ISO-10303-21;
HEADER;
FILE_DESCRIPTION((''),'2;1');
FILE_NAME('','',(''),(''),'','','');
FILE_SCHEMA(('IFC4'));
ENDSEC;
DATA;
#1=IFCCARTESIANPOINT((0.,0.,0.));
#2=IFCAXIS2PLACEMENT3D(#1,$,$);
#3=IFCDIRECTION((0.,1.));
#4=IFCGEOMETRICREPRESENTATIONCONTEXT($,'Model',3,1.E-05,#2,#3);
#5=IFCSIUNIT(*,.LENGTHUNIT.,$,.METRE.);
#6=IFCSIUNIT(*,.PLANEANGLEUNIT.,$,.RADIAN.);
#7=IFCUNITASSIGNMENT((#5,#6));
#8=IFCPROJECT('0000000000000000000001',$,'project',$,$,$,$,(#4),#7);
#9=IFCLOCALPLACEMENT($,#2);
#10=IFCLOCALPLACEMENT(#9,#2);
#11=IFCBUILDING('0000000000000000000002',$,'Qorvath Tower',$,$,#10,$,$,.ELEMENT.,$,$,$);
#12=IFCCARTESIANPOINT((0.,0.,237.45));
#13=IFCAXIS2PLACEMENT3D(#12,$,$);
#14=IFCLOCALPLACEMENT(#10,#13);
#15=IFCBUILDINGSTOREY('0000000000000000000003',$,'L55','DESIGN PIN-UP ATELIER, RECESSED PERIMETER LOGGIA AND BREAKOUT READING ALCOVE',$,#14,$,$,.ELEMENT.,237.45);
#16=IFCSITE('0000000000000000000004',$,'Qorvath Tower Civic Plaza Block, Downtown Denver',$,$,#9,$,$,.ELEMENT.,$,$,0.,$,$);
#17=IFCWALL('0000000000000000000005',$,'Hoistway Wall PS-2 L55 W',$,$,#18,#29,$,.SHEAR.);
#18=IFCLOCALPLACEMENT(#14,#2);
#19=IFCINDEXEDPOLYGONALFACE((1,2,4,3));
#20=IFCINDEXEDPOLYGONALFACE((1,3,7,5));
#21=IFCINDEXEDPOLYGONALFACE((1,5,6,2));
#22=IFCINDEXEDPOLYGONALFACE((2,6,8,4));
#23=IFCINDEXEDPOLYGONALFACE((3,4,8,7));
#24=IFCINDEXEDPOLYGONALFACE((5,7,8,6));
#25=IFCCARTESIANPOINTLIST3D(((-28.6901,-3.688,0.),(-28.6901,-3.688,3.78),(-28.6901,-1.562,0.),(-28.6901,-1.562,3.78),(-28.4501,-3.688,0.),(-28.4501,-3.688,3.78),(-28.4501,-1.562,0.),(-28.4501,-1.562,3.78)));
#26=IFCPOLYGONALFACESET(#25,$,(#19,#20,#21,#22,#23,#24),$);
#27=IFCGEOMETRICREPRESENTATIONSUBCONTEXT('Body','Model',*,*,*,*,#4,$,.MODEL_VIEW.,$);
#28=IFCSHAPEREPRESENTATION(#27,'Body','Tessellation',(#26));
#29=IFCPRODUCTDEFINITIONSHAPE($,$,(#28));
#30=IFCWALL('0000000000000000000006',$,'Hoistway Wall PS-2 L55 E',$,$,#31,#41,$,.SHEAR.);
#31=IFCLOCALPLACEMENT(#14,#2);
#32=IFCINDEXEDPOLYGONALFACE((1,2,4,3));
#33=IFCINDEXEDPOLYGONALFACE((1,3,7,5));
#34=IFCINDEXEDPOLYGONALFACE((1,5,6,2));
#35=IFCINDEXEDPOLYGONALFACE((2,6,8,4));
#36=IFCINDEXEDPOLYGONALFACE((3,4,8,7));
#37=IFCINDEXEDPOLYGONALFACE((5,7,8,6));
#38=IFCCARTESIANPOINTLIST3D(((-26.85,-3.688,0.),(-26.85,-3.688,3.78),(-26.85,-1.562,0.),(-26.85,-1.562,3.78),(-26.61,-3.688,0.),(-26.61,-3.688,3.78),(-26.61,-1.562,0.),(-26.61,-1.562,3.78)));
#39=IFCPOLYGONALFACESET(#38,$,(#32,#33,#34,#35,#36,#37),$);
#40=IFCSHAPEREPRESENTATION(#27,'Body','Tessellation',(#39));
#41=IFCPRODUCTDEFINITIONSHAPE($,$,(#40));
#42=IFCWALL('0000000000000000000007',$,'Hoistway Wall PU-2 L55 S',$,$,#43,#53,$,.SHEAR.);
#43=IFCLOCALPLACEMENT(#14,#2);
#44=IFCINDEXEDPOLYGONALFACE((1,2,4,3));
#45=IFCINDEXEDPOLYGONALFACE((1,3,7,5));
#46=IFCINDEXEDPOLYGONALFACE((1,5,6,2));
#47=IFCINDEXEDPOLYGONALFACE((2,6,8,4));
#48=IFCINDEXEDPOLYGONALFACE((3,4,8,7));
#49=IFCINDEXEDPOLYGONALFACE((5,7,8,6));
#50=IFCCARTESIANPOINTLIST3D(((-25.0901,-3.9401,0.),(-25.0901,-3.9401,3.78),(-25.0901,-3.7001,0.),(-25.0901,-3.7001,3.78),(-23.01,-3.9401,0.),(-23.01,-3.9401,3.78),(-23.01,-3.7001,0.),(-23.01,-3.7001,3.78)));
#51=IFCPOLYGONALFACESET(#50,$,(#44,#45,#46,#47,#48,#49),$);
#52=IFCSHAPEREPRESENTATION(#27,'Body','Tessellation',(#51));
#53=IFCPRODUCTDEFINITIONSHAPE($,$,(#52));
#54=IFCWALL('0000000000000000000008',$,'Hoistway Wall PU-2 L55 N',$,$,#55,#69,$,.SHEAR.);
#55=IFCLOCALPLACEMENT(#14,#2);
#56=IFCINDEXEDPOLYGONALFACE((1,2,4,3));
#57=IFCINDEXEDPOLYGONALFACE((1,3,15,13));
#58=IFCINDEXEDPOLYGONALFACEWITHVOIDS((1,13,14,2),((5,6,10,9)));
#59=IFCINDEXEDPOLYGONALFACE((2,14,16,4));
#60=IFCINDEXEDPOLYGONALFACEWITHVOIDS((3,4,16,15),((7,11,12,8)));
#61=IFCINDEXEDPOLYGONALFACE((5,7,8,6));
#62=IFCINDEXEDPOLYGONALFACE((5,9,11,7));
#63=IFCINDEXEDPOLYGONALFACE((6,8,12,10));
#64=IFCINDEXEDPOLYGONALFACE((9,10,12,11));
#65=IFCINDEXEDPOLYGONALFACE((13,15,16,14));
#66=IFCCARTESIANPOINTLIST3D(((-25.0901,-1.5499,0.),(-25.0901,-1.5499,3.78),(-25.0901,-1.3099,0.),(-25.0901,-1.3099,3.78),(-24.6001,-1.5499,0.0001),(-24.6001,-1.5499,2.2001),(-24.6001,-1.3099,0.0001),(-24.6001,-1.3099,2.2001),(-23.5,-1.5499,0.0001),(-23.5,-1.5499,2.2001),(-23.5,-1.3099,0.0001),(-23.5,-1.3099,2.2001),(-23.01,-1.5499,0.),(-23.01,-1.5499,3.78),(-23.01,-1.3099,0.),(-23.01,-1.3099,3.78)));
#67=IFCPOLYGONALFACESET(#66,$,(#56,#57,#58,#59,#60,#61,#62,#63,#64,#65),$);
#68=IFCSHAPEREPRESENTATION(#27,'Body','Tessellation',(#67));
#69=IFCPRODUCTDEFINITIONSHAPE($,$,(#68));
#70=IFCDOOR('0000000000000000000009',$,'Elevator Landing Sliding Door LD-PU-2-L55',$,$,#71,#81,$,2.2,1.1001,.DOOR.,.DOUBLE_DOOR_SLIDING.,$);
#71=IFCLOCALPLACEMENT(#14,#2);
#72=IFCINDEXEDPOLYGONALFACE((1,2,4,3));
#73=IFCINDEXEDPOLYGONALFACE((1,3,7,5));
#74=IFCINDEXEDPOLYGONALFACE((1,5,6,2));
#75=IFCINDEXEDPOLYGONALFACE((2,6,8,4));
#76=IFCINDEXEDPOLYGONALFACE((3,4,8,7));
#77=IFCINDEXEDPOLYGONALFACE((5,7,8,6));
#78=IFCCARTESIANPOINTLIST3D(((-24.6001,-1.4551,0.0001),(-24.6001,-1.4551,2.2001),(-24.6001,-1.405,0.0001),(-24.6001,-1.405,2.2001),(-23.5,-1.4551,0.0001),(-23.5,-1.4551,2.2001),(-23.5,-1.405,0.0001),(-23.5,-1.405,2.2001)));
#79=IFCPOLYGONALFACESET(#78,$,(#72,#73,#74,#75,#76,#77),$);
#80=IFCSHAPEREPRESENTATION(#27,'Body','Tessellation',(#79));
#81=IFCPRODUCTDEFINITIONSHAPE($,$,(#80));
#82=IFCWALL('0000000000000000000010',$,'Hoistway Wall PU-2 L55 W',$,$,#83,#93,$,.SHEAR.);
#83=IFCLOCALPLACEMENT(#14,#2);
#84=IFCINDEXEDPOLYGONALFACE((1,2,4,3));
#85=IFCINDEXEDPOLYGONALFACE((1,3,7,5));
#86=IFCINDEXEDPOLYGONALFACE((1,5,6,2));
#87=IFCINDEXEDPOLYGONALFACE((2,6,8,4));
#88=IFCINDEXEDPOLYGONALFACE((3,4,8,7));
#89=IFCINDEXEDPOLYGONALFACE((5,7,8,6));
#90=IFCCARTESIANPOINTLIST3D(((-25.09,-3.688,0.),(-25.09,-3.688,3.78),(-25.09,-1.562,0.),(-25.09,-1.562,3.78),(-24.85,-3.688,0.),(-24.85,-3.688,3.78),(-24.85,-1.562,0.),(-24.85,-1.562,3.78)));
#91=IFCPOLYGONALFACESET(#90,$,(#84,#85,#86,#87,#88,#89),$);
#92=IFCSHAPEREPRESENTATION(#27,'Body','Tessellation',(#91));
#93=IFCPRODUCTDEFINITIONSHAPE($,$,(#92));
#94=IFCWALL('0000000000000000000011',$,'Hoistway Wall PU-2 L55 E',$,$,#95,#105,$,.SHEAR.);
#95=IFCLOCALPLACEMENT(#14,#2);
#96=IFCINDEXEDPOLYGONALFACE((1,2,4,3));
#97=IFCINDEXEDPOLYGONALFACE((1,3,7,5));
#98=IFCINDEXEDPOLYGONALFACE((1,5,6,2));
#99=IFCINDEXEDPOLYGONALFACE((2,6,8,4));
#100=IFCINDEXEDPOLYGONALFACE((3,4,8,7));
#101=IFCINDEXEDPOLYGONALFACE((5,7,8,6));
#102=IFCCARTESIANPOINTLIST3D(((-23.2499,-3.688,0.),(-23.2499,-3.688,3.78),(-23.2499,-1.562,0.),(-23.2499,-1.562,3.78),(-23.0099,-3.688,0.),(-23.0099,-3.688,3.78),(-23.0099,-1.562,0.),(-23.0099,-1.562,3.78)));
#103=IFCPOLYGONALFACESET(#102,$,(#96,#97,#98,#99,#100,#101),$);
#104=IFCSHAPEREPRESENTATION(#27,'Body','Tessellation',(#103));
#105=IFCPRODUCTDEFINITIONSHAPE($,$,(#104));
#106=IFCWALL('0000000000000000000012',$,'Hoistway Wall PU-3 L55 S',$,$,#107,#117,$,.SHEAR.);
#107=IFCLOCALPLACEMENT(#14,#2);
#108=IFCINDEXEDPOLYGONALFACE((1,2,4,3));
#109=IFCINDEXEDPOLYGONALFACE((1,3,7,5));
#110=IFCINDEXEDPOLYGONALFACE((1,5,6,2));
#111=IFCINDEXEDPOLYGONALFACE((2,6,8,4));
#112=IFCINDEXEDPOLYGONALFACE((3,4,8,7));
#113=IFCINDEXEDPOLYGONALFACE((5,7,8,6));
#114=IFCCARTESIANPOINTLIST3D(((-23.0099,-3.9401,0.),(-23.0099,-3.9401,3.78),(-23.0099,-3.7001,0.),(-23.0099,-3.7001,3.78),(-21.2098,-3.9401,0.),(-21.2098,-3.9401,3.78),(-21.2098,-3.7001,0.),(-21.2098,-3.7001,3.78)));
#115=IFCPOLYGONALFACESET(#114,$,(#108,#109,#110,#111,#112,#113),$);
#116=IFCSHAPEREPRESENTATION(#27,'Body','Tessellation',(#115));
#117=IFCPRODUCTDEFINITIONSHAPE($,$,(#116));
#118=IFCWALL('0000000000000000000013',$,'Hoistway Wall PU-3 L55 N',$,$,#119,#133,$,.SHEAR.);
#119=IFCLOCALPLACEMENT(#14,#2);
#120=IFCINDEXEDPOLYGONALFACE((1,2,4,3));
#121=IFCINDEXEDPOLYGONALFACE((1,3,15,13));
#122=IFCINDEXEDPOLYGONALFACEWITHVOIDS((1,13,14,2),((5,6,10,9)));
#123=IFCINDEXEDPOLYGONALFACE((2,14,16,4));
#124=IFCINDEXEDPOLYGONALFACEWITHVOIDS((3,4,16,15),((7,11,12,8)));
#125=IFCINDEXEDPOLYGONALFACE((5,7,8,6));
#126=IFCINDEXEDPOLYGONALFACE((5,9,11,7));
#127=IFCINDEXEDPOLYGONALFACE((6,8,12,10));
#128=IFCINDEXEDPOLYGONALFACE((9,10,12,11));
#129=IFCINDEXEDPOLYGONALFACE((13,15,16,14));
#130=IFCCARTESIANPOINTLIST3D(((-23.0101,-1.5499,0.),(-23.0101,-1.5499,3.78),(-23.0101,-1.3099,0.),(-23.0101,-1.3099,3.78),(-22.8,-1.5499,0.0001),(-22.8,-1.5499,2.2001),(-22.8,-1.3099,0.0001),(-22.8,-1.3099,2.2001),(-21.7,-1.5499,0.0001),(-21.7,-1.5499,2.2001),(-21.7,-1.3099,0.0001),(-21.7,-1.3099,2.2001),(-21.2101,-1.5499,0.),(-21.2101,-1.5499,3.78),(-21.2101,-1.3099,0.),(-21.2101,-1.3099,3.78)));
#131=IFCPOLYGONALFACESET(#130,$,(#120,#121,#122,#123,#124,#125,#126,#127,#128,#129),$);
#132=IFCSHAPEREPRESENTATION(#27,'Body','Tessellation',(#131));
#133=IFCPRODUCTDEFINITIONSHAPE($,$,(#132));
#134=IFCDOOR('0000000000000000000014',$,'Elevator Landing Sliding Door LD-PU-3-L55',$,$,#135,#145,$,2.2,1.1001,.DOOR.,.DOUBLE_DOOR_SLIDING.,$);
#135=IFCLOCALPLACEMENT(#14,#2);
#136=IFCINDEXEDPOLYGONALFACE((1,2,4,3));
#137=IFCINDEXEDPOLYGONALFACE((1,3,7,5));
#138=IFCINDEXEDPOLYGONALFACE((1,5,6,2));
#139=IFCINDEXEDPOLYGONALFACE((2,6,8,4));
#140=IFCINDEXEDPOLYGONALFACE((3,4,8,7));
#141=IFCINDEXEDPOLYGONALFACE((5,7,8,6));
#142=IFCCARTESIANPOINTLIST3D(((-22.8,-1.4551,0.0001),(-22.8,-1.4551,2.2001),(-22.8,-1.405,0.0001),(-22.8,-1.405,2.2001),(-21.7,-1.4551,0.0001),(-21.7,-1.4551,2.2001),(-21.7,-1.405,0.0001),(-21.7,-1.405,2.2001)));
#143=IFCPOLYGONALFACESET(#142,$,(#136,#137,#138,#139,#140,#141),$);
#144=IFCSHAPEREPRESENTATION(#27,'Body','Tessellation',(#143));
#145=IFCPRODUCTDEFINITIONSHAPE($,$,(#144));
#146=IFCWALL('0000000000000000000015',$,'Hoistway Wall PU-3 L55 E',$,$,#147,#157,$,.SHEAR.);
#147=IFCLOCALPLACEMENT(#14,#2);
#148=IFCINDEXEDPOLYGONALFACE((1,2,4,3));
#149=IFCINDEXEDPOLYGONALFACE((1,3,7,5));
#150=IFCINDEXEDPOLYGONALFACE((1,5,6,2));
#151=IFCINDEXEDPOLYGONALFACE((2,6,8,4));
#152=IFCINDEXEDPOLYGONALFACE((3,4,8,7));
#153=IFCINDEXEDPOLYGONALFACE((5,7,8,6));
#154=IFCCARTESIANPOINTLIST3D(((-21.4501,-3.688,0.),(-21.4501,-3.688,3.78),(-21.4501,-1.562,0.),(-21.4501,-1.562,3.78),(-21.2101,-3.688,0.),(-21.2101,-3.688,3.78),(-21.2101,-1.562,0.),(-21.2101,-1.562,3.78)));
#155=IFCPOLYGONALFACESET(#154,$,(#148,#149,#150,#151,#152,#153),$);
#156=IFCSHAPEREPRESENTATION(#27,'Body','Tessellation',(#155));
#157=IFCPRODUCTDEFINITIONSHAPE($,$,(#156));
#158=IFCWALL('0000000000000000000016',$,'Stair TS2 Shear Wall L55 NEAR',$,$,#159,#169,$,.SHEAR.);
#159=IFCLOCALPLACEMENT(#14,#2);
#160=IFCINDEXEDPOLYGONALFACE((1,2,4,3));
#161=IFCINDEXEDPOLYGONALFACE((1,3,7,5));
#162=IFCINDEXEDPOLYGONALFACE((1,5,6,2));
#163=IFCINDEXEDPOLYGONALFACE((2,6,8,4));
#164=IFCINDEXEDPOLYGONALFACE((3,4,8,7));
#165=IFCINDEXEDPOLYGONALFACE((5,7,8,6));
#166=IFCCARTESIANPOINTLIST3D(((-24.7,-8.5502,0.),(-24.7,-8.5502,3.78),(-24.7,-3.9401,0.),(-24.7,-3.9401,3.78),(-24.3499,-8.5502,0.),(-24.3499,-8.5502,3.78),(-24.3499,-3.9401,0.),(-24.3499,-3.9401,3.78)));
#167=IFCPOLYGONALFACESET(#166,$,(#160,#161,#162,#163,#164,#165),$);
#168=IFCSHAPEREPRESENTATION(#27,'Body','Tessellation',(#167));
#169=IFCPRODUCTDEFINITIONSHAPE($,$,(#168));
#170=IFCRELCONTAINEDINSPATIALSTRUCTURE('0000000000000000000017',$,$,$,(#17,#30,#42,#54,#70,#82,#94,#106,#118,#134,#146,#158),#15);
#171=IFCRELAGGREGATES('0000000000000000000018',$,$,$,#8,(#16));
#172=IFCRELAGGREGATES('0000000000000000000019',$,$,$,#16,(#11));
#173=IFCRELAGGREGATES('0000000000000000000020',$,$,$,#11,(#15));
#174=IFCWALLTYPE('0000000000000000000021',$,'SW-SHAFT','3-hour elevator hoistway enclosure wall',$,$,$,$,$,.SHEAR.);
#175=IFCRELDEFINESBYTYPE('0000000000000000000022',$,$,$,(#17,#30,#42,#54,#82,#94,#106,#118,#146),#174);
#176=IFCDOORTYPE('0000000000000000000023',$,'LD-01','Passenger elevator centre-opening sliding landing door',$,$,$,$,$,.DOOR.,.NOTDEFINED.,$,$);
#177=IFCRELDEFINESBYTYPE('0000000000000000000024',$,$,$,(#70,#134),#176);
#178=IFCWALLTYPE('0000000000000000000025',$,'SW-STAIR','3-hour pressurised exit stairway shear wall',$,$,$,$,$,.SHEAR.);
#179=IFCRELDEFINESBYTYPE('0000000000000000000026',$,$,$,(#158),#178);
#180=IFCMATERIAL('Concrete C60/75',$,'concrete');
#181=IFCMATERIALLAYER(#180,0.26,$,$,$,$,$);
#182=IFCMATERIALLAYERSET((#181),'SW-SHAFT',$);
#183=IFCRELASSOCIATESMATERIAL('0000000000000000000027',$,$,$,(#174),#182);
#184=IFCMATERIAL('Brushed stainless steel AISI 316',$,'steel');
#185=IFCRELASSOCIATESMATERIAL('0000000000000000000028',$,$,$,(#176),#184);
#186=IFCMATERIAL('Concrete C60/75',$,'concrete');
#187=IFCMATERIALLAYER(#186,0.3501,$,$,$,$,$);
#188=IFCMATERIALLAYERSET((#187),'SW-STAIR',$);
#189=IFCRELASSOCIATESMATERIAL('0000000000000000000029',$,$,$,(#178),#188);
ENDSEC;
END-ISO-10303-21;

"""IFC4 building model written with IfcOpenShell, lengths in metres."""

from ifc_helpers import new_model, si_unit, direction, frame, frame_2d, origin, place, context, subcontext, project, spatial, rectangle, extrude, material, layer, layer_set, type_object, element, fill, save


model = new_model("IFC4")

# Units and contexts
model_context = context("Model", 3, precision=1e-05, world=origin(), true_north=direction((0.0, 1.0)))
body_context = subcontext(model_context, "Body", "Model", "MODEL_VIEW")
ifc_project = project(units=[si_unit("LENGTHUNIT", "METRE"), si_unit("PLANEANGLEUNIT", "RADIAN")], contexts=[model_context])

# Site, building, storey
site_placement = place(None, origin())
site = spatial("IfcSite", under=ifc_project, at=site_placement, Name="Qorvath Tower Civic Plaza Block, Downtown Denver", CompositionType="ELEMENT", RefElevation=0.0)
building_placement = place(site_placement, origin())
building = spatial("IfcBuilding", under=site, at=building_placement, Name="Qorvath Tower", CompositionType="ELEMENT")
storey_placement = place(building_placement, frame((0.0, 0.0, 237.45)))
storey = spatial("IfcBuildingStorey", under=building, at=storey_placement, Name="L55", Description="DESIGN PIN-UP ATELIER, RECESSED PERIMETER LOGGIA AND BREAKOUT READING ALCOVE", CompositionType="ELEMENT", Elevation=237.45)

# Shared definitions
ifc_material_1 = material(Name="Concrete C60/75", Category="concrete")
ifc_layer_1 = layer(ifc_material_1, 0.26)
ifc_layer_set_1 = layer_set([ifc_layer_1], Name="SW-SHAFT")
wall_type_1 = type_object("IfcWallType", Name="SW-SHAFT", Description="3-hour elevator hoistway enclosure wall", PredefinedType="SHEAR", material=ifc_layer_set_1)

# Walls
for number, where, z_axis, x_axis, name in (
    (1, (-28.5701, -3.688, 0.0), (0.0, 0.0, 1.0), (0.0, 1.0, 0.0), "Hoistway Wall PS-2 L55 W"),
    (2, (-26.73, -1.562, 0.0), (0.0, 0.0, 1.0), (0.0, -1.0, 0.0), "Hoistway Wall PS-2 L55 E"),
):
    element("IfcWall", number, at=place(storey_placement, frame(where, z_axis=z_axis, x_axis=x_axis)), inside=storey, type_object=wall_type_1, Name=name, PredefinedType="SHEAR", context=body_context, shape_type="SweptSolid", body=[
        extrude(rectangle(XDim=2.126, YDim=0.24, at=frame_2d((1.063, 0.0))), origin(), (0.0, 0.0, 1.0), 3.78),
    ])
wall_1_placement = place(storey_placement, frame((-23.01, -3.8201, 0.0), z_axis=(0.0, 0.0, 1.0), x_axis=(-1.0, 0.0, 0.0)))
element("IfcWall", 3, at=wall_1_placement, inside=storey, type_object=wall_type_1, Name="Hoistway Wall PU-2 L55 S", PredefinedType="SHEAR", context=body_context, shape_type="SweptSolid", body=[
    extrude(rectangle(XDim=2.0801, YDim=0.24, at=frame_2d((1.04, 0.0))), origin(), (0.0, 0.0, 1.0), 3.78),
])

# Wall, opening, door
wall_2_placement = place(storey_placement, frame((-25.0901, -1.4299, 0.0), z_axis=(0.0, 0.0, 1.0), x_axis=(1.0, 0.0, 0.0)))
wall_2 = element("IfcWall", 4, at=wall_2_placement, inside=storey, type_object=wall_type_1, Name="Hoistway Wall PU-2 L55 N", PredefinedType="SHEAR", context=body_context, shape_type="SweptSolid", body=[
    extrude(rectangle(XDim=2.0801, YDim=0.24, at=frame_2d((1.04, 0.0))), origin(), (0.0, 0.0, 1.0), 3.78),
])
opening_1_placement = place(wall_2_placement, frame((0.49, 0.0, 0.0)))
opening_1 = element("IfcOpeningElement", 5, at=opening_1_placement, cuts=wall_2, PredefinedType="OPENING", context=body_context, shape_type="SweptSolid", body=[
    extrude(rectangle(XDim=1.1001, YDim=2.2, at=frame_2d((0.55, 1.1001))), frame((0.0, 0.1299, 0.0), z_axis=(0.0, -1.0, 0.0), x_axis=(1.0, 0.0, 0.0)), (0.0, 0.0, 1.0), 0.26),
])
ifc_material_2 = material(Name="Brushed stainless steel AISI 316", Category="steel")
door_type_1 = type_object("IfcDoorType", Name="LD-01", Description="Passenger elevator centre-opening sliding landing door", OperationType="NOTDEFINED", PredefinedType="DOOR", material=ifc_material_2)
door_1_placement = place(opening_1_placement, origin())
door_1 = element("IfcDoor", 6, at=door_1_placement, inside=storey, type_object=door_type_1, Name="Elevator Landing Sliding Door LD-PU-2-L55", OperationType="DOUBLE_DOOR_SLIDING", OverallHeight=2.2, OverallWidth=1.1001, PredefinedType="DOOR", context=body_context, shape_type="SweptSolid", body=[
    extrude(rectangle(XDim=1.1001, YDim=2.2, at=frame_2d((0.55, 1.1001))), frame((0.0, 0.0249, 0.0), z_axis=(0.0, -1.0, 0.0), x_axis=(1.0, 0.0, 0.0)), (0.0, 0.0, 1.0), 0.05),
])
fill(opening_1, door_1)

# Walls
for number, where, z_axis, x_axis, name in (
    (7, (-24.97, -3.688, 0.0), (0.0, 0.0, 1.0), (0.0, 1.0, 0.0), "Hoistway Wall PU-2 L55 W"),
    (8, (-23.1299, -1.562, 0.0), (0.0, 0.0, 1.0), (0.0, -1.0, 0.0), "Hoistway Wall PU-2 L55 E"),
):
    element("IfcWall", number, at=place(storey_placement, frame(where, z_axis=z_axis, x_axis=x_axis)), inside=storey, type_object=wall_type_1, Name=name, PredefinedType="SHEAR", context=body_context, shape_type="SweptSolid", body=[
        extrude(rectangle(XDim=2.126, YDim=0.24, at=frame_2d((1.063, 0.0))), origin(), (0.0, 0.0, 1.0), 3.78),
    ])
wall_3_placement = place(storey_placement, frame((-21.21, -3.8201, 0.0), z_axis=(0.0, 0.0, 1.0), x_axis=(-1.0, 0.0, 0.0)))
element("IfcWall", 9, at=wall_3_placement, inside=storey, type_object=wall_type_1, Name="Hoistway Wall PU-3 L55 S", PredefinedType="SHEAR", context=body_context, shape_type="SweptSolid", body=[
    extrude(rectangle(XDim=1.8, YDim=0.24, at=frame_2d((0.8999, 0.0))), origin(), (0.0, 0.0, 1.0), 3.78),
])

# Wall, opening, door
wall_4_placement = place(storey_placement, frame((-23.01, -1.4299, 0.0), z_axis=(0.0, 0.0, 1.0), x_axis=(1.0, 0.0, 0.0)))
wall_4 = element("IfcWall", 10, at=wall_4_placement, inside=storey, type_object=wall_type_1, Name="Hoistway Wall PU-3 L55 N", PredefinedType="SHEAR", context=body_context, shape_type="SweptSolid", body=[
    extrude(rectangle(XDim=1.8, YDim=0.24, at=frame_2d((0.8999, 0.0))), origin(), (0.0, 0.0, 1.0), 3.78),
])
opening_2_placement = place(wall_4_placement, frame((0.21, 0.0, 0.0)))
opening_2 = element("IfcOpeningElement", 11, at=opening_2_placement, cuts=wall_4, PredefinedType="OPENING", context=body_context, shape_type="SweptSolid", body=[
    extrude(rectangle(XDim=1.1001, YDim=2.2, at=frame_2d((0.55, 1.1001))), frame((0.0, 0.1299, 0.0), z_axis=(0.0, -1.0, 0.0), x_axis=(1.0, 0.0, 0.0)), (0.0, 0.0, 1.0), 0.26),
])
door_2_placement = place(opening_2_placement, origin())
door_2 = element("IfcDoor", 12, at=door_2_placement, inside=storey, type_object=door_type_1, Name="Elevator Landing Sliding Door LD-PU-3-L55", OperationType="DOUBLE_DOOR_SLIDING", OverallHeight=2.2, OverallWidth=1.1001, PredefinedType="DOOR", context=body_context, shape_type="SweptSolid", body=[
    extrude(rectangle(XDim=1.1001, YDim=2.2, at=frame_2d((0.55, 1.1001))), frame((0.0, 0.0249, 0.0), z_axis=(0.0, -1.0, 0.0), x_axis=(1.0, 0.0, 0.0)), (0.0, 0.0, 1.0), 0.05),
])
fill(opening_2, door_2)

# Walls
wall_5_placement = place(storey_placement, frame((-21.3301, -1.562, 0.0), z_axis=(0.0, 0.0, 1.0), x_axis=(0.0, -1.0, 0.0)))
element("IfcWall", 13, at=wall_5_placement, inside=storey, type_object=wall_type_1, Name="Hoistway Wall PU-3 L55 E", PredefinedType="SHEAR", context=body_context, shape_type="SweptSolid", body=[
    extrude(rectangle(XDim=2.126, YDim=0.24, at=frame_2d((1.063, 0.0))), origin(), (0.0, 0.0, 1.0), 3.78),
])
ifc_material_3 = material(Name="Concrete C60/75", Category="concrete")
ifc_layer_2 = layer(ifc_material_3, 0.3501)
ifc_layer_set_2 = layer_set([ifc_layer_2], Name="SW-STAIR")
wall_type_2 = type_object("IfcWallType", Name="SW-STAIR", Description="3-hour pressurised exit stairway shear wall", PredefinedType="SHEAR", material=ifc_layer_set_2)
wall_6_placement = place(storey_placement, frame((-24.5249, -3.9399, 0.0), z_axis=(0.0, 0.0, 1.0), x_axis=(0.0, -1.0, 0.0)))
element("IfcWall", 14, at=wall_6_placement, inside=storey, type_object=wall_type_2, Name="Stair TS2 Shear Wall L55 NEAR", PredefinedType="SHEAR", context=body_context, shape_type="SweptSolid", body=[
    extrude(rectangle(XDim=4.6101, YDim=0.3501, at=frame_2d((2.3052, 0.0))), origin(), (0.0, 0.0, 1.0), 3.78),
])

save(model, "model.ifc")
